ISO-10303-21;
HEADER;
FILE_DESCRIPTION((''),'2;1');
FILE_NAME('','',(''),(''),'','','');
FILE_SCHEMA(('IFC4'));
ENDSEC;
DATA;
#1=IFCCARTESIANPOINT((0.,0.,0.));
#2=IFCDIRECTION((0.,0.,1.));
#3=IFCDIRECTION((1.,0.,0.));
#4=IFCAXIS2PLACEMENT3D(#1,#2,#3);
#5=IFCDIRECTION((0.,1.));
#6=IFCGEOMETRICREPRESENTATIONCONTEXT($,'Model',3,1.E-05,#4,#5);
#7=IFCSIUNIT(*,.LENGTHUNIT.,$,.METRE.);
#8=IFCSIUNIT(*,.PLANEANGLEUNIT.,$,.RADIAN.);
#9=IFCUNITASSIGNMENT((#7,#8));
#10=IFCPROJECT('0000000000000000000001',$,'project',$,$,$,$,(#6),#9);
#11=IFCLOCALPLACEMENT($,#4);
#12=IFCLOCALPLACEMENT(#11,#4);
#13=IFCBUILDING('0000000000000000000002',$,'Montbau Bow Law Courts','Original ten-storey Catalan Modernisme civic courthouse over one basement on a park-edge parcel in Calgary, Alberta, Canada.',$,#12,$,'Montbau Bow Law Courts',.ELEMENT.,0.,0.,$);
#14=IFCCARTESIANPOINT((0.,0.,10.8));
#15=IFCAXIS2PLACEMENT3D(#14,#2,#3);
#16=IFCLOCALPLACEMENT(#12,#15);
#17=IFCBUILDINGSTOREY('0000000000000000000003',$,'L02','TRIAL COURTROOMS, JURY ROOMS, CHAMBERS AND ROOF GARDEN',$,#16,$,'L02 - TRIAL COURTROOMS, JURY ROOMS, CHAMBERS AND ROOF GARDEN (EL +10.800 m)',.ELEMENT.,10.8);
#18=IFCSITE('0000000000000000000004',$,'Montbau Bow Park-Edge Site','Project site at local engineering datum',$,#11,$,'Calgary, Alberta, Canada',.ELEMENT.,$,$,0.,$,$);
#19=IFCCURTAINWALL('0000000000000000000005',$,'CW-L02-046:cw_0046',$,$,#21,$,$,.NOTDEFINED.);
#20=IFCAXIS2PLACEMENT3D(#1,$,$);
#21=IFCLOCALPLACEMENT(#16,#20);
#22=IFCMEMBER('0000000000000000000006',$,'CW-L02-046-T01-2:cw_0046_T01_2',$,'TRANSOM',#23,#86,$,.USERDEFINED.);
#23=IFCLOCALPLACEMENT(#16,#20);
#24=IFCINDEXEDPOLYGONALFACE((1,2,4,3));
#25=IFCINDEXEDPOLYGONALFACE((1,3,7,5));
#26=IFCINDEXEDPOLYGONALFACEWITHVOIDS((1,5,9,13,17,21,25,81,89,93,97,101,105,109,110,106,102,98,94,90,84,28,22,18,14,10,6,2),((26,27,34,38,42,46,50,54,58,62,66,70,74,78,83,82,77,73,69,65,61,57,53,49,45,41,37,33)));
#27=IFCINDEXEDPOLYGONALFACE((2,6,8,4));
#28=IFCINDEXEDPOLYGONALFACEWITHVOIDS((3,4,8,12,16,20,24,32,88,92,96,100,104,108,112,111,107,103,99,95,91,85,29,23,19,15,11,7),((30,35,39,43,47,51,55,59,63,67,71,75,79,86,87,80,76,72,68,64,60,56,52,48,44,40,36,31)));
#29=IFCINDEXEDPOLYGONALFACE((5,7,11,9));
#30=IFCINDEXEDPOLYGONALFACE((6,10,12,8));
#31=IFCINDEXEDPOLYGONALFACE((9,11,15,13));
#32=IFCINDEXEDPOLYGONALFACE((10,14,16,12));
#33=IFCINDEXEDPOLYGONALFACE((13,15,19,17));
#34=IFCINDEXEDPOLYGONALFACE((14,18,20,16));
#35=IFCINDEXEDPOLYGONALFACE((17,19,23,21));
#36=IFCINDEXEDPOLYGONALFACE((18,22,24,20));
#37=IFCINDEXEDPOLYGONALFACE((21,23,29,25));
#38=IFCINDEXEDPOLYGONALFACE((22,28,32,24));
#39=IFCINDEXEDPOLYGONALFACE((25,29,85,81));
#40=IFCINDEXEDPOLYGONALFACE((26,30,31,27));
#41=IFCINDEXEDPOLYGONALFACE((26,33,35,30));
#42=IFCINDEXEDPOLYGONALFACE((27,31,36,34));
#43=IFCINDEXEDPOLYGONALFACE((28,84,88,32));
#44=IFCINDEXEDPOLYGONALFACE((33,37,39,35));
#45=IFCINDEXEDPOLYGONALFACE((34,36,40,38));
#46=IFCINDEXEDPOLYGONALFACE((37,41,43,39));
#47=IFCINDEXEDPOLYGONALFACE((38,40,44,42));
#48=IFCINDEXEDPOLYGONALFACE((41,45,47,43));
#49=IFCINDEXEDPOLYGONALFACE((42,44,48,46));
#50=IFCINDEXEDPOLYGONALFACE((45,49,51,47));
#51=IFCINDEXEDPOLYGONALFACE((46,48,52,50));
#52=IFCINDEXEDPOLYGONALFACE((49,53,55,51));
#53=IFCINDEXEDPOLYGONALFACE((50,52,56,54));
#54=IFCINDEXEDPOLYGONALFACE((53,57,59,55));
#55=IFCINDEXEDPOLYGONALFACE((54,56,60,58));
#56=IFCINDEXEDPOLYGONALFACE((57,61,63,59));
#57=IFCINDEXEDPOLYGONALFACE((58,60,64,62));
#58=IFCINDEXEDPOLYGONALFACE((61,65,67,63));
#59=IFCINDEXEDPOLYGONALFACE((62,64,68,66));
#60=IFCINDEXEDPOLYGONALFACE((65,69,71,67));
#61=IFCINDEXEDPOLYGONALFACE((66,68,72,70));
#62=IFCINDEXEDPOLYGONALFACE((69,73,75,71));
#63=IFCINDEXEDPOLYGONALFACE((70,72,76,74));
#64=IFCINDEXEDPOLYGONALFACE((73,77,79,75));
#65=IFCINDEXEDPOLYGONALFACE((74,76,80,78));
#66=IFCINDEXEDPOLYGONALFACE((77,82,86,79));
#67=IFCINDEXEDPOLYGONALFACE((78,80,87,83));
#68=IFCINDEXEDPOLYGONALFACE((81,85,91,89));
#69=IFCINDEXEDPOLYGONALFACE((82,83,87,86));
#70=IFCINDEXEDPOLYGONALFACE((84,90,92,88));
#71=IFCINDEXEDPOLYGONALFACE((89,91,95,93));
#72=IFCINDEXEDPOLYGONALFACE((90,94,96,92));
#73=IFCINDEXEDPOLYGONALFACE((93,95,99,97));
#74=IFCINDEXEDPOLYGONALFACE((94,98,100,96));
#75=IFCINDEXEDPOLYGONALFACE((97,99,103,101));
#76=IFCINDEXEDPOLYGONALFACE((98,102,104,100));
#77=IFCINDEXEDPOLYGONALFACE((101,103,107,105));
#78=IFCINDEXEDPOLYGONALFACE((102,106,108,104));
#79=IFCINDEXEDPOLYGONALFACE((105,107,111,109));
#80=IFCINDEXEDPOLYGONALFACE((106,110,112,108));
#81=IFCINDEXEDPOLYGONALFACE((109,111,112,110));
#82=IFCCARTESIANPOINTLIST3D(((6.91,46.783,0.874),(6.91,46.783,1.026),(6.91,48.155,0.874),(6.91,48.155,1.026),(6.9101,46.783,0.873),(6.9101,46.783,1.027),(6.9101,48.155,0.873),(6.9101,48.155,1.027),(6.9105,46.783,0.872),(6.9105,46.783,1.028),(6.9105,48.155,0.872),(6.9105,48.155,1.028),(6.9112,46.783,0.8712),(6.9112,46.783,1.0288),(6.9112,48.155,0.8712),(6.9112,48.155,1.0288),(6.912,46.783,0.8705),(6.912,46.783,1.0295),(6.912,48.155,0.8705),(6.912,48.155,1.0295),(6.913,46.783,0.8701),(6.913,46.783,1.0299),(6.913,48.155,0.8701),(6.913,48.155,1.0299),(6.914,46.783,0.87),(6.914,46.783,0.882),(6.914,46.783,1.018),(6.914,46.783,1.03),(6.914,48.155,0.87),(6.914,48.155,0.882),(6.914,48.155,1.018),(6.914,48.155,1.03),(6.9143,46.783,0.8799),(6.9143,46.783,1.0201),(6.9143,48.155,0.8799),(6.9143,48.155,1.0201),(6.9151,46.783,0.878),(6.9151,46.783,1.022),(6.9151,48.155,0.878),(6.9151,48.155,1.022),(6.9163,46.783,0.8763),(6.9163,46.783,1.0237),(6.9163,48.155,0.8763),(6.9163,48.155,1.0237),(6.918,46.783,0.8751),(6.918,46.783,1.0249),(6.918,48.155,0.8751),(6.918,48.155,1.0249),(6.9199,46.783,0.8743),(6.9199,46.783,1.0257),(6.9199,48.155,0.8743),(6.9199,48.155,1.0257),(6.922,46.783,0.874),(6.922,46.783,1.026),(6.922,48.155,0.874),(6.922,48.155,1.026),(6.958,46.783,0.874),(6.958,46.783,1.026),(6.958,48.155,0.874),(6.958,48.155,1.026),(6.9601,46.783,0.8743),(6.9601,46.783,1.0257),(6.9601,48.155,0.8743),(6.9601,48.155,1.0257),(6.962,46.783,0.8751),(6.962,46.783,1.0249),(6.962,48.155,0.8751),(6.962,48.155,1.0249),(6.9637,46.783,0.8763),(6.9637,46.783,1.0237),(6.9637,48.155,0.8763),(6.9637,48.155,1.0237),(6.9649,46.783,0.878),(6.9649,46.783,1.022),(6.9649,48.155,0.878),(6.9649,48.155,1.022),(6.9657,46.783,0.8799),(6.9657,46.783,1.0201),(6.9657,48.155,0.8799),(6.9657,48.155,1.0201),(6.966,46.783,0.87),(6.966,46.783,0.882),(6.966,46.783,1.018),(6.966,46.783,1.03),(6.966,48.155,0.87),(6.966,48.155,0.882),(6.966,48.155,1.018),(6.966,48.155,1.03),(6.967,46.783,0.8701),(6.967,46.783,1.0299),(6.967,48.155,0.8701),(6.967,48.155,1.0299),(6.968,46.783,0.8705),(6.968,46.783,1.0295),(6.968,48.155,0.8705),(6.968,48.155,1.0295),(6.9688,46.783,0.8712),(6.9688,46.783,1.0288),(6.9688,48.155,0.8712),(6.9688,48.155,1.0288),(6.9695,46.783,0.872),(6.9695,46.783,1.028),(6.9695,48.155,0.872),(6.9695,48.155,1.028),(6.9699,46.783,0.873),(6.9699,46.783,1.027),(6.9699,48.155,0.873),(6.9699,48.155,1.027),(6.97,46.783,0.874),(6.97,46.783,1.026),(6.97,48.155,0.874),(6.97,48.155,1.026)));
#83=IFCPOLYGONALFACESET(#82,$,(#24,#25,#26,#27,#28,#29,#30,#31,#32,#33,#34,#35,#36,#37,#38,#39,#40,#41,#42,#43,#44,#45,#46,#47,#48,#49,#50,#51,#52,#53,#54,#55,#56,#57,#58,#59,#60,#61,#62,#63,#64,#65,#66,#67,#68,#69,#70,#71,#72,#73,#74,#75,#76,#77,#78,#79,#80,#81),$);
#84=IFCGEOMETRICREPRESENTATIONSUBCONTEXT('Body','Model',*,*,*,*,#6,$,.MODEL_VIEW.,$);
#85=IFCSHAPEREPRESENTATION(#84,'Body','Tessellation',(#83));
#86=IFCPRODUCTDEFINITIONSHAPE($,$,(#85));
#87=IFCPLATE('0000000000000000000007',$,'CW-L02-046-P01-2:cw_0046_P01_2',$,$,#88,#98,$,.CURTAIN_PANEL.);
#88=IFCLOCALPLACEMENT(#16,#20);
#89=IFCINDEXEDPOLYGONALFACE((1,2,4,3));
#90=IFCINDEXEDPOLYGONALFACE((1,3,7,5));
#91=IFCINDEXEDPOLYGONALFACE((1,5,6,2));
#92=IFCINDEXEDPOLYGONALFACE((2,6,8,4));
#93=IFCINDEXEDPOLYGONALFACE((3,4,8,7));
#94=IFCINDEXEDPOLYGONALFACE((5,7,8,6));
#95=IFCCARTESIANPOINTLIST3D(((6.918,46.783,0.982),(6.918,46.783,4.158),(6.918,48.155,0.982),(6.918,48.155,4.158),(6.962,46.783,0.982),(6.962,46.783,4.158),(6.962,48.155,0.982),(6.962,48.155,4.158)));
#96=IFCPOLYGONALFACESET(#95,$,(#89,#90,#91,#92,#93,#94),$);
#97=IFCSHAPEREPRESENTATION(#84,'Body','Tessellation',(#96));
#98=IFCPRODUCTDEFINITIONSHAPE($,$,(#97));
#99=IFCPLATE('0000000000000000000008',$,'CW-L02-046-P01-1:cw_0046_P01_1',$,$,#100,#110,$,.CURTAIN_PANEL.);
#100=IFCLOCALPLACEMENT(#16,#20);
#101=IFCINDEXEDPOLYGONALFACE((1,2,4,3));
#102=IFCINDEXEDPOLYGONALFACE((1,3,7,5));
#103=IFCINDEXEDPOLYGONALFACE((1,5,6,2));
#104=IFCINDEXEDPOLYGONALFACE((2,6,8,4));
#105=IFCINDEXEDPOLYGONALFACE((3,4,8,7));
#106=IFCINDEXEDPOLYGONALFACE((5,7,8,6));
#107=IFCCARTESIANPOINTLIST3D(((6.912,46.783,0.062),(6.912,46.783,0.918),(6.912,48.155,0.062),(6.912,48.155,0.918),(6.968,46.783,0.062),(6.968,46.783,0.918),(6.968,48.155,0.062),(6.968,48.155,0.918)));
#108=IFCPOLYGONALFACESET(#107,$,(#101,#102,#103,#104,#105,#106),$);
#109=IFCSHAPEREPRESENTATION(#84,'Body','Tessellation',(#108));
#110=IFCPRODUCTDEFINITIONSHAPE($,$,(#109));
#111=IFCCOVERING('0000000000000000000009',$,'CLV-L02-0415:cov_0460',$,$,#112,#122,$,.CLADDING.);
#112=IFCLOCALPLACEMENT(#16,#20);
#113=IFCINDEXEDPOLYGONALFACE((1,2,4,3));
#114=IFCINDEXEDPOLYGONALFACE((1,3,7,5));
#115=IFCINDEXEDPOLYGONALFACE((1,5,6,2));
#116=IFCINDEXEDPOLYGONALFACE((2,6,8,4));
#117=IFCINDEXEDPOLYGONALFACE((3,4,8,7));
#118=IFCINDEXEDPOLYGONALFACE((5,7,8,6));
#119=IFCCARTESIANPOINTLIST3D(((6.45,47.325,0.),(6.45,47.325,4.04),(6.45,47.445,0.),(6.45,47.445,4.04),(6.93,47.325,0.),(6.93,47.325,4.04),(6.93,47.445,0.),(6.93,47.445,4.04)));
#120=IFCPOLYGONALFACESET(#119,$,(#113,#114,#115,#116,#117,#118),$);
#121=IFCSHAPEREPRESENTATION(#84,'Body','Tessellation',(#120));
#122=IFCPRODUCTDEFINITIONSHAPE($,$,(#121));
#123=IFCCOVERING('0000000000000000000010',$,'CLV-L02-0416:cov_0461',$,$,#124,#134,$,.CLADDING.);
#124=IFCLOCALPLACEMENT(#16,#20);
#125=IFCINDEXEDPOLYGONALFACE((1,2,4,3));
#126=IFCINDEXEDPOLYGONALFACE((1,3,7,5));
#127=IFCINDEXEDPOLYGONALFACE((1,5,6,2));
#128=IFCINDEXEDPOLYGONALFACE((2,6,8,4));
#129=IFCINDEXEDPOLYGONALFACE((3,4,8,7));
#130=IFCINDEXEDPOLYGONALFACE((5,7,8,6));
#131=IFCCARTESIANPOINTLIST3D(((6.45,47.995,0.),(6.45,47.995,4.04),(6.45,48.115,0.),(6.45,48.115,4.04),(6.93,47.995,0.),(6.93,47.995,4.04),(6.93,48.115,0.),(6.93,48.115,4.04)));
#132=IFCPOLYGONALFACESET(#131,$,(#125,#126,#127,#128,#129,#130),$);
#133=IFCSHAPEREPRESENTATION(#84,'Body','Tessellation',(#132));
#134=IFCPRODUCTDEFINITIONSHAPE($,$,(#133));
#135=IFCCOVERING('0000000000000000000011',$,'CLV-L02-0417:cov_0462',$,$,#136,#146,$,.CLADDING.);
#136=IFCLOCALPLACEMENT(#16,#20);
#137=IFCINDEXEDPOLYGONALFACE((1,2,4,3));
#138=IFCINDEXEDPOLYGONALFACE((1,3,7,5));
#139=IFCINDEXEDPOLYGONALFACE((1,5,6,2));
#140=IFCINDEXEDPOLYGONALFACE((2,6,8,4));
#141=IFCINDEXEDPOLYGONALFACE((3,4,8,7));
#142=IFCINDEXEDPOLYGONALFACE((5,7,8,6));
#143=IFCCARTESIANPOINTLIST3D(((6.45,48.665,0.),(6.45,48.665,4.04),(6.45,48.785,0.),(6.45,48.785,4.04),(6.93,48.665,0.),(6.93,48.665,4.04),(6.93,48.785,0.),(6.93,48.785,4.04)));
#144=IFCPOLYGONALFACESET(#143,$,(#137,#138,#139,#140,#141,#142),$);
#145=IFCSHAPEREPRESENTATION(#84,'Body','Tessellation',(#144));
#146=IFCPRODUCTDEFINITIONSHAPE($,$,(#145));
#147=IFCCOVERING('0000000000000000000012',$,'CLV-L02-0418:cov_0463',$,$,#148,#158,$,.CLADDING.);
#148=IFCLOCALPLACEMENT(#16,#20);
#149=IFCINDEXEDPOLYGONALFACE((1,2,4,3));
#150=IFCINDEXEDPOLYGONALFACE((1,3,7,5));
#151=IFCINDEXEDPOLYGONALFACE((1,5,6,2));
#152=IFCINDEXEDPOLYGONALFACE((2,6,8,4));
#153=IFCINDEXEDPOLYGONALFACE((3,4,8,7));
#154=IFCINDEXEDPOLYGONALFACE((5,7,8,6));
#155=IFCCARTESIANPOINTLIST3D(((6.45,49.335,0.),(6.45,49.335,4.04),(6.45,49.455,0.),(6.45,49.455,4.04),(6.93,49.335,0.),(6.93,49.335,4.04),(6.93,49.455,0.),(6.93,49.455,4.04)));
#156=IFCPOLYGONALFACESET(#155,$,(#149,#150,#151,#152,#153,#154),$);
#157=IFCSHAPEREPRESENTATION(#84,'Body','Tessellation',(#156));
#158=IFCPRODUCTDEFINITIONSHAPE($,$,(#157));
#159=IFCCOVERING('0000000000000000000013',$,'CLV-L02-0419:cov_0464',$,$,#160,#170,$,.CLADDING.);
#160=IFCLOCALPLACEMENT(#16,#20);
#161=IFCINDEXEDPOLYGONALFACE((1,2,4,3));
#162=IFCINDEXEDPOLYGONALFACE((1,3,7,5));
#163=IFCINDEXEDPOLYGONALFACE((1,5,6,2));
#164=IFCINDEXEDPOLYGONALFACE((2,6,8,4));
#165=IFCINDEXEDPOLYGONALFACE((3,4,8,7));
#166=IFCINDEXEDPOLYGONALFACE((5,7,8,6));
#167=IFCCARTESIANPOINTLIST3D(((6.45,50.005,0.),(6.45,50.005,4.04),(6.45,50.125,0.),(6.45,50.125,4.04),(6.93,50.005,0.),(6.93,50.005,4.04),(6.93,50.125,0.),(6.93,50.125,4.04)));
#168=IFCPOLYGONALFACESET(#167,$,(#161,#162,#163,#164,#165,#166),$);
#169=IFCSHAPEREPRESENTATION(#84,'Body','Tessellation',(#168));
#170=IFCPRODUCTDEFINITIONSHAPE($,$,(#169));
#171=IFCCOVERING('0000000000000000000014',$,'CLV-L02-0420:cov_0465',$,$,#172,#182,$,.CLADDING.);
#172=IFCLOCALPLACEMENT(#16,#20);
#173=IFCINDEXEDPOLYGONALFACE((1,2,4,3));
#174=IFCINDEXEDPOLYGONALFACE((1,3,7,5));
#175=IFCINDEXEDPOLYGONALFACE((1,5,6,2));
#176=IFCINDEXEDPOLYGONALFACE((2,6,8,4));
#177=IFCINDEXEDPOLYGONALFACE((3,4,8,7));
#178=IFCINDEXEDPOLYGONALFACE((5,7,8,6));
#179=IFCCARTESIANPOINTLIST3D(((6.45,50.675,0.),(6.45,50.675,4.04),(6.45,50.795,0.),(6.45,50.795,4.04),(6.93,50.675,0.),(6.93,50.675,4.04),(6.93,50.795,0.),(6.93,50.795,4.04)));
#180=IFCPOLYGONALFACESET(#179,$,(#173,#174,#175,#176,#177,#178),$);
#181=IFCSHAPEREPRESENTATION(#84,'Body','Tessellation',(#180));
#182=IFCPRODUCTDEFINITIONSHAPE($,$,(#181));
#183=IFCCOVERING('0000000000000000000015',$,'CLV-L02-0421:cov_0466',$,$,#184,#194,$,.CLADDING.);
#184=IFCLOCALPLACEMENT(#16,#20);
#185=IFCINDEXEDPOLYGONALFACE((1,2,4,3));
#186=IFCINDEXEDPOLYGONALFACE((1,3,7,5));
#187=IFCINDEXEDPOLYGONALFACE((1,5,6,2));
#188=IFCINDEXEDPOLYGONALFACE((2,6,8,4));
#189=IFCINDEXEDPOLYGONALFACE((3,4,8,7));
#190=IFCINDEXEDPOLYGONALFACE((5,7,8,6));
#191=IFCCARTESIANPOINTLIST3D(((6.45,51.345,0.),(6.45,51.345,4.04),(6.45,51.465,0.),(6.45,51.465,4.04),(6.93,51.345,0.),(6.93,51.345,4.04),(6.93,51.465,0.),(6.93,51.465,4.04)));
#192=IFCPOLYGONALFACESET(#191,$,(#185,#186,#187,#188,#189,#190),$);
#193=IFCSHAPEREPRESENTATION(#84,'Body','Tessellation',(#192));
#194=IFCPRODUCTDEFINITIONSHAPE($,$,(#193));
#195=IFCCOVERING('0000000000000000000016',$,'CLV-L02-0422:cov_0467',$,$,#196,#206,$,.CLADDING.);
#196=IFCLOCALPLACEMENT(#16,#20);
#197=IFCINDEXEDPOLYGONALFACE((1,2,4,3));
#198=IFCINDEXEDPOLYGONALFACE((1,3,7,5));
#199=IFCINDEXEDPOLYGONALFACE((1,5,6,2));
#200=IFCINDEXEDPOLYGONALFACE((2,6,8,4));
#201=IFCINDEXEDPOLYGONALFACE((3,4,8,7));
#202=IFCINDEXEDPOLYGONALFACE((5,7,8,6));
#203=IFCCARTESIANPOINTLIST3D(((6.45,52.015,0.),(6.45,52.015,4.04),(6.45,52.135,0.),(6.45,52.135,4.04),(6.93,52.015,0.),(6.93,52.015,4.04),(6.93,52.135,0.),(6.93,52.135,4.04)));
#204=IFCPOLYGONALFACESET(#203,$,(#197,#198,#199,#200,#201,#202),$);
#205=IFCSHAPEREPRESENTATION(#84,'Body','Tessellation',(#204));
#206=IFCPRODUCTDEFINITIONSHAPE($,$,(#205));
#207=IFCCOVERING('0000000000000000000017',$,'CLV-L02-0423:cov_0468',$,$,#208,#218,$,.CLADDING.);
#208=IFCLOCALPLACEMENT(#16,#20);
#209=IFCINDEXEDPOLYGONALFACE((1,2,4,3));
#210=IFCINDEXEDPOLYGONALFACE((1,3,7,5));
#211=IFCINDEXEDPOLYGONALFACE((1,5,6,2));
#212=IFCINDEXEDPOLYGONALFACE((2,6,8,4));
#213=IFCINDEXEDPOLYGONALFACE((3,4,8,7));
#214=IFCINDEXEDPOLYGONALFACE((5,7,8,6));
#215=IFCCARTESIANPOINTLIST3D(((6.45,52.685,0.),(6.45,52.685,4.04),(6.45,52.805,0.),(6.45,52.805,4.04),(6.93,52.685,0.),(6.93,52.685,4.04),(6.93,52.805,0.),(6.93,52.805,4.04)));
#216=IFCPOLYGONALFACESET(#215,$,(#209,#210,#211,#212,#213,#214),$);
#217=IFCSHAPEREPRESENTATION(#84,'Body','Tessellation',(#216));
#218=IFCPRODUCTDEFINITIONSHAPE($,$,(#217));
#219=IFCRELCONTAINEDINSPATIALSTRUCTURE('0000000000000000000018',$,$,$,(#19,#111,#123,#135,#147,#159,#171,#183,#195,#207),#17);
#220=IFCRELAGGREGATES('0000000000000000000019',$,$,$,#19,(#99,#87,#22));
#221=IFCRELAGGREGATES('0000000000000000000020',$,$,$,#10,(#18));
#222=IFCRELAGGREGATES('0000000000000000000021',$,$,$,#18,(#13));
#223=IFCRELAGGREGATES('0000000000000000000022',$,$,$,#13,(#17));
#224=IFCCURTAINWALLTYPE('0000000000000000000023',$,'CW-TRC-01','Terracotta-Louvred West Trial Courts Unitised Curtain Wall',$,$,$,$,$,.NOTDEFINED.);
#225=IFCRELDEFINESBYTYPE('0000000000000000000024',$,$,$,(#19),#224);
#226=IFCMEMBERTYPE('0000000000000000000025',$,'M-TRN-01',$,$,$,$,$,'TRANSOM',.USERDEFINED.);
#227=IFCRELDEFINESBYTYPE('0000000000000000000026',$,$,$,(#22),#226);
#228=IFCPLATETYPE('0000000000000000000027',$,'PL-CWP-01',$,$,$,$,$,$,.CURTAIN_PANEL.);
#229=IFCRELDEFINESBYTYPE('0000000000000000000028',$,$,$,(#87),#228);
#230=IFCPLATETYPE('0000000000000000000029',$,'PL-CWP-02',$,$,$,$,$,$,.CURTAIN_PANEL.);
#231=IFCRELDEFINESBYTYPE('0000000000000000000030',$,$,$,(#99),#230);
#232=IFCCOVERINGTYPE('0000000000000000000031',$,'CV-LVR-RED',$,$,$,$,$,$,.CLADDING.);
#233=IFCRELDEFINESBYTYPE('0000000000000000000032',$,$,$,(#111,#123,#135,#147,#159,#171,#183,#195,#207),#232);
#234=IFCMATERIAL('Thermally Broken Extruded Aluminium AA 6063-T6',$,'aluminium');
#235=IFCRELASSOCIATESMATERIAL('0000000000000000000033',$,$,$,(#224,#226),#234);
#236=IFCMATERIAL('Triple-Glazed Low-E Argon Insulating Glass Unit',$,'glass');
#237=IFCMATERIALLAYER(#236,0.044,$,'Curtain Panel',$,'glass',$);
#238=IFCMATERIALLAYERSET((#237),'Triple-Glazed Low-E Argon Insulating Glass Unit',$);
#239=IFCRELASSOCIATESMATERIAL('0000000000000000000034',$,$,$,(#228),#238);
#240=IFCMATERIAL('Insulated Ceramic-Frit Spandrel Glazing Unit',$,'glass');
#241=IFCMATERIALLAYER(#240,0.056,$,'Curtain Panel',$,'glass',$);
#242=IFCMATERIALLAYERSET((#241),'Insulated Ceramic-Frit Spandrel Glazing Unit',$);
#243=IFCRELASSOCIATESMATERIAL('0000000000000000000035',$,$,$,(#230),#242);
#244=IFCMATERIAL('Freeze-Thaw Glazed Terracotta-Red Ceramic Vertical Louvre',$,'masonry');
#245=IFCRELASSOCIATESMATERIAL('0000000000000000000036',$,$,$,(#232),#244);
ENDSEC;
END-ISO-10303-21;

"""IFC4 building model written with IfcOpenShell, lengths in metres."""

from ifc_helpers import new_model, si_unit, direction, frame, frame_2d, origin_with_axes, origin_2d_with_axis, place, context, subcontext, project, spatial, rectangle, hollow_rectangle, extrude, material, layer, layer_set, material_profile, profile_set, type_object, element, aggregate, save


model = new_model("IFC4")

# Units and contexts
model_context = context("Model", 3, precision=1e-05, world=origin_with_axes(), true_north=direction((0.0, 1.0)))
body_context = subcontext(model_context, "Body", "Model", "MODEL_VIEW")
ifc_project = project(units=[si_unit("LENGTHUNIT", "METRE"), si_unit("PLANEANGLEUNIT", "RADIAN")], contexts=[model_context])

# Site, building, storey
site_placement = place(None, origin_with_axes())
site = spatial("IfcSite", under=ifc_project, at=site_placement, Name="Montbau Bow Park-Edge Site", Description="Project site at local engineering datum", LongName="Calgary, Alberta, Canada", CompositionType="ELEMENT", RefElevation=0.0)
building_placement = place(site_placement, origin_with_axes())
building = spatial("IfcBuilding", under=site, at=building_placement, Name="Montbau Bow Law Courts", Description="Original ten-storey Catalan Modernisme civic courthouse over one basement on a park-edge parcel in Calgary, Alberta, Canada.", LongName="Montbau Bow Law Courts", CompositionType="ELEMENT", ElevationOfRefHeight=0.0, ElevationOfTerrain=0.0)
storey_placement = place(building_placement, frame((0.0, 0.0, 10.8), z_axis=(0.0, 0.0, 1.0), x_axis=(1.0, 0.0, 0.0)))
storey = spatial("IfcBuildingStorey", under=building, at=storey_placement, Name="L02", Description="TRIAL COURTROOMS, JURY ROOMS, CHAMBERS AND ROOF GARDEN", LongName="L02 - TRIAL COURTROOMS, JURY ROOMS, CHAMBERS AND ROOF GARDEN (EL +10.800 m)", CompositionType="ELEMENT", Elevation=10.8)

# Curtain wall, member, plates
ifc_material_1 = material(Name="Thermally Broken Extruded Aluminium AA 6063-T6", Category="aluminium")
curtain_wall_type = type_object("IfcCurtainWallType", Name="CW-TRC-01", Description="Terracotta-Louvred West Trial Courts Unitised Curtain Wall", PredefinedType="NOTDEFINED", material=ifc_material_1)
curtain_wall_placement = place(None, frame((6.94, 46.715, 10.8), z_axis=(0.0, 0.0, 1.0), x_axis=(1.0, 0.0, 0.0)))
curtain_wall = element("IfcCurtainWall", 1, at=curtain_wall_placement, inside=storey, type_object=curtain_wall_type, Name="CW-L02-046:cw_0046", PredefinedType="NOTDEFINED")
ifc_material_profile_1 = material_profile(ifc_material_1, hollow_rectangle(XDim=0.06, YDim=0.16, WallThickness=0.004, InnerFilletRadius=0.008, OuterFilletRadius=0.004, at=origin_2d_with_axis()), Name="CWT-160X60", Category="Main", Priority=0)
ifc_profile_set_1 = profile_set([ifc_material_profile_1], Name="Thermally Broken Extruded Aluminium AA 6063-T6")
member_type_1 = type_object("IfcMemberType", Name="M-TRN-01", ElementType="TRANSOM", PredefinedType="USERDEFINED", material=ifc_profile_set_1)
member_1_placement = place(None, frame((6.94, 46.783, 11.75), z_axis=(0.0, 1.0, 0.0), x_axis=(-1.0, 0.0, 0.0)))
member_1 = element("IfcMember", 2, at=member_1_placement, type_object=member_type_1, Name="CW-L02-046-T01-2:cw_0046_T01_2", ObjectType="TRANSOM", PredefinedType="USERDEFINED", context=body_context, shape_type="SweptSolid", body=[
    extrude(hollow_rectangle(XDim=0.06, YDim=0.16, WallThickness=0.004, InnerFilletRadius=0.008, OuterFilletRadius=0.004, at=origin_2d_with_axis()), origin_with_axes(), (0.0, 0.0, 1.0), 1.372),
])
ifc_material_2 = material(Name="Triple-Glazed Low-E Argon Insulating Glass Unit", Category="glass")
ifc_layer_1 = layer(ifc_material_2, 0.044, Name="Curtain Panel", Category="glass")
ifc_layer_set_1 = layer_set([ifc_layer_1], Name="Triple-Glazed Low-E Argon Insulating Glass Unit")
plate_type_1 = type_object("IfcPlateType", Name="PL-CWP-01", PredefinedType="CURTAIN_PANEL", material=ifc_layer_set_1)
plate_1_placement = place(None, frame((6.94, 46.783, 11.782), z_axis=(1.0, 0.0, 0.0), x_axis=(0.0, 1.0, 0.0)))
plate_1 = element("IfcPlate", 3, at=plate_1_placement, type_object=plate_type_1, Name="CW-L02-046-P01-2:cw_0046_P01_2", PredefinedType="CURTAIN_PANEL", context=body_context, shape_type="SweptSolid", body=[
    extrude(rectangle(XDim=1.372, YDim=3.176, at=frame_2d((0.686, 1.588), x_axis=(1.0, 0.0))), frame((0.0, 0.0, -0.022), z_axis=(0.0, 0.0, 1.0), x_axis=(1.0, 0.0, 0.0)), (0.0, 0.0, 1.0), 0.044),
])
ifc_material_3 = material(Name="Insulated Ceramic-Frit Spandrel Glazing Unit", Category="glass")
ifc_layer_2 = layer(ifc_material_3, 0.056, Name="Curtain Panel", Category="glass")
ifc_layer_set_2 = layer_set([ifc_layer_2], Name="Insulated Ceramic-Frit Spandrel Glazing Unit")
plate_type_2 = type_object("IfcPlateType", Name="PL-CWP-02", PredefinedType="CURTAIN_PANEL", material=ifc_layer_set_2)
plate_2_placement = place(None, frame((6.94, 46.783, 10.862), z_axis=(1.0, 0.0, 0.0), x_axis=(0.0, 1.0, 0.0)))
plate_2 = element("IfcPlate", 4, at=plate_2_placement, type_object=plate_type_2, Name="CW-L02-046-P01-1:cw_0046_P01_1", PredefinedType="CURTAIN_PANEL", context=body_context, shape_type="SweptSolid", body=[
    extrude(rectangle(XDim=1.372, YDim=0.856, at=frame_2d((0.686, 0.428), x_axis=(1.0, 0.0))), frame((0.0, 0.0, -0.028), z_axis=(0.0, 0.0, 1.0), x_axis=(1.0, 0.0, 0.0)), (0.0, 0.0, 1.0), 0.056),
])
aggregate(curtain_wall, [plate_2, plate_1, member_1])

# Coverings
ifc_material_4 = material(Name="Freeze-Thaw Glazed Terracotta-Red Ceramic Vertical Louvre", Category="masonry")
covering_type = type_object("IfcCoveringType", Name="CV-LVR-RED", PredefinedType="CLADDING", material=ifc_material_4)
for number, where, z_axis, x_axis, name in (
    (5, (6.93, 47.385, 10.8), (0.0, 1.0, 0.0), (-1.0, 0.0, 0.0), "CLV-L02-0415:cov_0460"),
    (6, (6.93, 48.055, 10.8), (0.0, 1.0, 0.0), (-1.0, 0.0, 0.0), "CLV-L02-0416:cov_0461"),
    (7, (6.93, 48.725, 10.8), (0.0, 1.0, 0.0), (-1.0, 0.0, 0.0), "CLV-L02-0417:cov_0462"),
    (8, (6.93, 49.395, 10.8), (0.0, 1.0, 0.0), (-1.0, 0.0, 0.0), "CLV-L02-0418:cov_0463"),
    (9, (6.93, 50.065, 10.8), (0.0, 1.0, 0.0), (-1.0, 0.0, 0.0), "CLV-L02-0419:cov_0464"),
    (10, (6.93, 50.735, 10.8), (0.0, 1.0, 0.0), (-1.0, 0.0, 0.0), "CLV-L02-0420:cov_0465"),
    (11, (6.93, 51.405, 10.8), (0.0, 1.0, 0.0), (-1.0, 0.0, 0.0), "CLV-L02-0421:cov_0466"),
    (12, (6.93, 52.075, 10.8), (0.0, 1.0, 0.0), (-1.0, 0.0, 0.0), "CLV-L02-0422:cov_0467"),
    (13, (6.93, 52.745, 10.8), (0.0, 1.0, 0.0), (-1.0, 0.0, 0.0), "CLV-L02-0423:cov_0468"),
):
    element("IfcCovering", number, at=place(None, frame(where, z_axis=z_axis, x_axis=x_axis)), inside=storey, type_object=covering_type, Name=name, PredefinedType="CLADDING", context=body_context, shape_type="SweptSolid", body=[
        extrude(rectangle(XDim=0.48, YDim=4.04, at=frame_2d((0.24, 2.02), x_axis=(1.0, 0.0))), frame((0.0, 0.0, -0.06), z_axis=(0.0, 0.0, 1.0), x_axis=(1.0, 0.0, 0.0)), (0.0, 0.0, 1.0), 0.12),
    ])

save(model, "model.ifc")
